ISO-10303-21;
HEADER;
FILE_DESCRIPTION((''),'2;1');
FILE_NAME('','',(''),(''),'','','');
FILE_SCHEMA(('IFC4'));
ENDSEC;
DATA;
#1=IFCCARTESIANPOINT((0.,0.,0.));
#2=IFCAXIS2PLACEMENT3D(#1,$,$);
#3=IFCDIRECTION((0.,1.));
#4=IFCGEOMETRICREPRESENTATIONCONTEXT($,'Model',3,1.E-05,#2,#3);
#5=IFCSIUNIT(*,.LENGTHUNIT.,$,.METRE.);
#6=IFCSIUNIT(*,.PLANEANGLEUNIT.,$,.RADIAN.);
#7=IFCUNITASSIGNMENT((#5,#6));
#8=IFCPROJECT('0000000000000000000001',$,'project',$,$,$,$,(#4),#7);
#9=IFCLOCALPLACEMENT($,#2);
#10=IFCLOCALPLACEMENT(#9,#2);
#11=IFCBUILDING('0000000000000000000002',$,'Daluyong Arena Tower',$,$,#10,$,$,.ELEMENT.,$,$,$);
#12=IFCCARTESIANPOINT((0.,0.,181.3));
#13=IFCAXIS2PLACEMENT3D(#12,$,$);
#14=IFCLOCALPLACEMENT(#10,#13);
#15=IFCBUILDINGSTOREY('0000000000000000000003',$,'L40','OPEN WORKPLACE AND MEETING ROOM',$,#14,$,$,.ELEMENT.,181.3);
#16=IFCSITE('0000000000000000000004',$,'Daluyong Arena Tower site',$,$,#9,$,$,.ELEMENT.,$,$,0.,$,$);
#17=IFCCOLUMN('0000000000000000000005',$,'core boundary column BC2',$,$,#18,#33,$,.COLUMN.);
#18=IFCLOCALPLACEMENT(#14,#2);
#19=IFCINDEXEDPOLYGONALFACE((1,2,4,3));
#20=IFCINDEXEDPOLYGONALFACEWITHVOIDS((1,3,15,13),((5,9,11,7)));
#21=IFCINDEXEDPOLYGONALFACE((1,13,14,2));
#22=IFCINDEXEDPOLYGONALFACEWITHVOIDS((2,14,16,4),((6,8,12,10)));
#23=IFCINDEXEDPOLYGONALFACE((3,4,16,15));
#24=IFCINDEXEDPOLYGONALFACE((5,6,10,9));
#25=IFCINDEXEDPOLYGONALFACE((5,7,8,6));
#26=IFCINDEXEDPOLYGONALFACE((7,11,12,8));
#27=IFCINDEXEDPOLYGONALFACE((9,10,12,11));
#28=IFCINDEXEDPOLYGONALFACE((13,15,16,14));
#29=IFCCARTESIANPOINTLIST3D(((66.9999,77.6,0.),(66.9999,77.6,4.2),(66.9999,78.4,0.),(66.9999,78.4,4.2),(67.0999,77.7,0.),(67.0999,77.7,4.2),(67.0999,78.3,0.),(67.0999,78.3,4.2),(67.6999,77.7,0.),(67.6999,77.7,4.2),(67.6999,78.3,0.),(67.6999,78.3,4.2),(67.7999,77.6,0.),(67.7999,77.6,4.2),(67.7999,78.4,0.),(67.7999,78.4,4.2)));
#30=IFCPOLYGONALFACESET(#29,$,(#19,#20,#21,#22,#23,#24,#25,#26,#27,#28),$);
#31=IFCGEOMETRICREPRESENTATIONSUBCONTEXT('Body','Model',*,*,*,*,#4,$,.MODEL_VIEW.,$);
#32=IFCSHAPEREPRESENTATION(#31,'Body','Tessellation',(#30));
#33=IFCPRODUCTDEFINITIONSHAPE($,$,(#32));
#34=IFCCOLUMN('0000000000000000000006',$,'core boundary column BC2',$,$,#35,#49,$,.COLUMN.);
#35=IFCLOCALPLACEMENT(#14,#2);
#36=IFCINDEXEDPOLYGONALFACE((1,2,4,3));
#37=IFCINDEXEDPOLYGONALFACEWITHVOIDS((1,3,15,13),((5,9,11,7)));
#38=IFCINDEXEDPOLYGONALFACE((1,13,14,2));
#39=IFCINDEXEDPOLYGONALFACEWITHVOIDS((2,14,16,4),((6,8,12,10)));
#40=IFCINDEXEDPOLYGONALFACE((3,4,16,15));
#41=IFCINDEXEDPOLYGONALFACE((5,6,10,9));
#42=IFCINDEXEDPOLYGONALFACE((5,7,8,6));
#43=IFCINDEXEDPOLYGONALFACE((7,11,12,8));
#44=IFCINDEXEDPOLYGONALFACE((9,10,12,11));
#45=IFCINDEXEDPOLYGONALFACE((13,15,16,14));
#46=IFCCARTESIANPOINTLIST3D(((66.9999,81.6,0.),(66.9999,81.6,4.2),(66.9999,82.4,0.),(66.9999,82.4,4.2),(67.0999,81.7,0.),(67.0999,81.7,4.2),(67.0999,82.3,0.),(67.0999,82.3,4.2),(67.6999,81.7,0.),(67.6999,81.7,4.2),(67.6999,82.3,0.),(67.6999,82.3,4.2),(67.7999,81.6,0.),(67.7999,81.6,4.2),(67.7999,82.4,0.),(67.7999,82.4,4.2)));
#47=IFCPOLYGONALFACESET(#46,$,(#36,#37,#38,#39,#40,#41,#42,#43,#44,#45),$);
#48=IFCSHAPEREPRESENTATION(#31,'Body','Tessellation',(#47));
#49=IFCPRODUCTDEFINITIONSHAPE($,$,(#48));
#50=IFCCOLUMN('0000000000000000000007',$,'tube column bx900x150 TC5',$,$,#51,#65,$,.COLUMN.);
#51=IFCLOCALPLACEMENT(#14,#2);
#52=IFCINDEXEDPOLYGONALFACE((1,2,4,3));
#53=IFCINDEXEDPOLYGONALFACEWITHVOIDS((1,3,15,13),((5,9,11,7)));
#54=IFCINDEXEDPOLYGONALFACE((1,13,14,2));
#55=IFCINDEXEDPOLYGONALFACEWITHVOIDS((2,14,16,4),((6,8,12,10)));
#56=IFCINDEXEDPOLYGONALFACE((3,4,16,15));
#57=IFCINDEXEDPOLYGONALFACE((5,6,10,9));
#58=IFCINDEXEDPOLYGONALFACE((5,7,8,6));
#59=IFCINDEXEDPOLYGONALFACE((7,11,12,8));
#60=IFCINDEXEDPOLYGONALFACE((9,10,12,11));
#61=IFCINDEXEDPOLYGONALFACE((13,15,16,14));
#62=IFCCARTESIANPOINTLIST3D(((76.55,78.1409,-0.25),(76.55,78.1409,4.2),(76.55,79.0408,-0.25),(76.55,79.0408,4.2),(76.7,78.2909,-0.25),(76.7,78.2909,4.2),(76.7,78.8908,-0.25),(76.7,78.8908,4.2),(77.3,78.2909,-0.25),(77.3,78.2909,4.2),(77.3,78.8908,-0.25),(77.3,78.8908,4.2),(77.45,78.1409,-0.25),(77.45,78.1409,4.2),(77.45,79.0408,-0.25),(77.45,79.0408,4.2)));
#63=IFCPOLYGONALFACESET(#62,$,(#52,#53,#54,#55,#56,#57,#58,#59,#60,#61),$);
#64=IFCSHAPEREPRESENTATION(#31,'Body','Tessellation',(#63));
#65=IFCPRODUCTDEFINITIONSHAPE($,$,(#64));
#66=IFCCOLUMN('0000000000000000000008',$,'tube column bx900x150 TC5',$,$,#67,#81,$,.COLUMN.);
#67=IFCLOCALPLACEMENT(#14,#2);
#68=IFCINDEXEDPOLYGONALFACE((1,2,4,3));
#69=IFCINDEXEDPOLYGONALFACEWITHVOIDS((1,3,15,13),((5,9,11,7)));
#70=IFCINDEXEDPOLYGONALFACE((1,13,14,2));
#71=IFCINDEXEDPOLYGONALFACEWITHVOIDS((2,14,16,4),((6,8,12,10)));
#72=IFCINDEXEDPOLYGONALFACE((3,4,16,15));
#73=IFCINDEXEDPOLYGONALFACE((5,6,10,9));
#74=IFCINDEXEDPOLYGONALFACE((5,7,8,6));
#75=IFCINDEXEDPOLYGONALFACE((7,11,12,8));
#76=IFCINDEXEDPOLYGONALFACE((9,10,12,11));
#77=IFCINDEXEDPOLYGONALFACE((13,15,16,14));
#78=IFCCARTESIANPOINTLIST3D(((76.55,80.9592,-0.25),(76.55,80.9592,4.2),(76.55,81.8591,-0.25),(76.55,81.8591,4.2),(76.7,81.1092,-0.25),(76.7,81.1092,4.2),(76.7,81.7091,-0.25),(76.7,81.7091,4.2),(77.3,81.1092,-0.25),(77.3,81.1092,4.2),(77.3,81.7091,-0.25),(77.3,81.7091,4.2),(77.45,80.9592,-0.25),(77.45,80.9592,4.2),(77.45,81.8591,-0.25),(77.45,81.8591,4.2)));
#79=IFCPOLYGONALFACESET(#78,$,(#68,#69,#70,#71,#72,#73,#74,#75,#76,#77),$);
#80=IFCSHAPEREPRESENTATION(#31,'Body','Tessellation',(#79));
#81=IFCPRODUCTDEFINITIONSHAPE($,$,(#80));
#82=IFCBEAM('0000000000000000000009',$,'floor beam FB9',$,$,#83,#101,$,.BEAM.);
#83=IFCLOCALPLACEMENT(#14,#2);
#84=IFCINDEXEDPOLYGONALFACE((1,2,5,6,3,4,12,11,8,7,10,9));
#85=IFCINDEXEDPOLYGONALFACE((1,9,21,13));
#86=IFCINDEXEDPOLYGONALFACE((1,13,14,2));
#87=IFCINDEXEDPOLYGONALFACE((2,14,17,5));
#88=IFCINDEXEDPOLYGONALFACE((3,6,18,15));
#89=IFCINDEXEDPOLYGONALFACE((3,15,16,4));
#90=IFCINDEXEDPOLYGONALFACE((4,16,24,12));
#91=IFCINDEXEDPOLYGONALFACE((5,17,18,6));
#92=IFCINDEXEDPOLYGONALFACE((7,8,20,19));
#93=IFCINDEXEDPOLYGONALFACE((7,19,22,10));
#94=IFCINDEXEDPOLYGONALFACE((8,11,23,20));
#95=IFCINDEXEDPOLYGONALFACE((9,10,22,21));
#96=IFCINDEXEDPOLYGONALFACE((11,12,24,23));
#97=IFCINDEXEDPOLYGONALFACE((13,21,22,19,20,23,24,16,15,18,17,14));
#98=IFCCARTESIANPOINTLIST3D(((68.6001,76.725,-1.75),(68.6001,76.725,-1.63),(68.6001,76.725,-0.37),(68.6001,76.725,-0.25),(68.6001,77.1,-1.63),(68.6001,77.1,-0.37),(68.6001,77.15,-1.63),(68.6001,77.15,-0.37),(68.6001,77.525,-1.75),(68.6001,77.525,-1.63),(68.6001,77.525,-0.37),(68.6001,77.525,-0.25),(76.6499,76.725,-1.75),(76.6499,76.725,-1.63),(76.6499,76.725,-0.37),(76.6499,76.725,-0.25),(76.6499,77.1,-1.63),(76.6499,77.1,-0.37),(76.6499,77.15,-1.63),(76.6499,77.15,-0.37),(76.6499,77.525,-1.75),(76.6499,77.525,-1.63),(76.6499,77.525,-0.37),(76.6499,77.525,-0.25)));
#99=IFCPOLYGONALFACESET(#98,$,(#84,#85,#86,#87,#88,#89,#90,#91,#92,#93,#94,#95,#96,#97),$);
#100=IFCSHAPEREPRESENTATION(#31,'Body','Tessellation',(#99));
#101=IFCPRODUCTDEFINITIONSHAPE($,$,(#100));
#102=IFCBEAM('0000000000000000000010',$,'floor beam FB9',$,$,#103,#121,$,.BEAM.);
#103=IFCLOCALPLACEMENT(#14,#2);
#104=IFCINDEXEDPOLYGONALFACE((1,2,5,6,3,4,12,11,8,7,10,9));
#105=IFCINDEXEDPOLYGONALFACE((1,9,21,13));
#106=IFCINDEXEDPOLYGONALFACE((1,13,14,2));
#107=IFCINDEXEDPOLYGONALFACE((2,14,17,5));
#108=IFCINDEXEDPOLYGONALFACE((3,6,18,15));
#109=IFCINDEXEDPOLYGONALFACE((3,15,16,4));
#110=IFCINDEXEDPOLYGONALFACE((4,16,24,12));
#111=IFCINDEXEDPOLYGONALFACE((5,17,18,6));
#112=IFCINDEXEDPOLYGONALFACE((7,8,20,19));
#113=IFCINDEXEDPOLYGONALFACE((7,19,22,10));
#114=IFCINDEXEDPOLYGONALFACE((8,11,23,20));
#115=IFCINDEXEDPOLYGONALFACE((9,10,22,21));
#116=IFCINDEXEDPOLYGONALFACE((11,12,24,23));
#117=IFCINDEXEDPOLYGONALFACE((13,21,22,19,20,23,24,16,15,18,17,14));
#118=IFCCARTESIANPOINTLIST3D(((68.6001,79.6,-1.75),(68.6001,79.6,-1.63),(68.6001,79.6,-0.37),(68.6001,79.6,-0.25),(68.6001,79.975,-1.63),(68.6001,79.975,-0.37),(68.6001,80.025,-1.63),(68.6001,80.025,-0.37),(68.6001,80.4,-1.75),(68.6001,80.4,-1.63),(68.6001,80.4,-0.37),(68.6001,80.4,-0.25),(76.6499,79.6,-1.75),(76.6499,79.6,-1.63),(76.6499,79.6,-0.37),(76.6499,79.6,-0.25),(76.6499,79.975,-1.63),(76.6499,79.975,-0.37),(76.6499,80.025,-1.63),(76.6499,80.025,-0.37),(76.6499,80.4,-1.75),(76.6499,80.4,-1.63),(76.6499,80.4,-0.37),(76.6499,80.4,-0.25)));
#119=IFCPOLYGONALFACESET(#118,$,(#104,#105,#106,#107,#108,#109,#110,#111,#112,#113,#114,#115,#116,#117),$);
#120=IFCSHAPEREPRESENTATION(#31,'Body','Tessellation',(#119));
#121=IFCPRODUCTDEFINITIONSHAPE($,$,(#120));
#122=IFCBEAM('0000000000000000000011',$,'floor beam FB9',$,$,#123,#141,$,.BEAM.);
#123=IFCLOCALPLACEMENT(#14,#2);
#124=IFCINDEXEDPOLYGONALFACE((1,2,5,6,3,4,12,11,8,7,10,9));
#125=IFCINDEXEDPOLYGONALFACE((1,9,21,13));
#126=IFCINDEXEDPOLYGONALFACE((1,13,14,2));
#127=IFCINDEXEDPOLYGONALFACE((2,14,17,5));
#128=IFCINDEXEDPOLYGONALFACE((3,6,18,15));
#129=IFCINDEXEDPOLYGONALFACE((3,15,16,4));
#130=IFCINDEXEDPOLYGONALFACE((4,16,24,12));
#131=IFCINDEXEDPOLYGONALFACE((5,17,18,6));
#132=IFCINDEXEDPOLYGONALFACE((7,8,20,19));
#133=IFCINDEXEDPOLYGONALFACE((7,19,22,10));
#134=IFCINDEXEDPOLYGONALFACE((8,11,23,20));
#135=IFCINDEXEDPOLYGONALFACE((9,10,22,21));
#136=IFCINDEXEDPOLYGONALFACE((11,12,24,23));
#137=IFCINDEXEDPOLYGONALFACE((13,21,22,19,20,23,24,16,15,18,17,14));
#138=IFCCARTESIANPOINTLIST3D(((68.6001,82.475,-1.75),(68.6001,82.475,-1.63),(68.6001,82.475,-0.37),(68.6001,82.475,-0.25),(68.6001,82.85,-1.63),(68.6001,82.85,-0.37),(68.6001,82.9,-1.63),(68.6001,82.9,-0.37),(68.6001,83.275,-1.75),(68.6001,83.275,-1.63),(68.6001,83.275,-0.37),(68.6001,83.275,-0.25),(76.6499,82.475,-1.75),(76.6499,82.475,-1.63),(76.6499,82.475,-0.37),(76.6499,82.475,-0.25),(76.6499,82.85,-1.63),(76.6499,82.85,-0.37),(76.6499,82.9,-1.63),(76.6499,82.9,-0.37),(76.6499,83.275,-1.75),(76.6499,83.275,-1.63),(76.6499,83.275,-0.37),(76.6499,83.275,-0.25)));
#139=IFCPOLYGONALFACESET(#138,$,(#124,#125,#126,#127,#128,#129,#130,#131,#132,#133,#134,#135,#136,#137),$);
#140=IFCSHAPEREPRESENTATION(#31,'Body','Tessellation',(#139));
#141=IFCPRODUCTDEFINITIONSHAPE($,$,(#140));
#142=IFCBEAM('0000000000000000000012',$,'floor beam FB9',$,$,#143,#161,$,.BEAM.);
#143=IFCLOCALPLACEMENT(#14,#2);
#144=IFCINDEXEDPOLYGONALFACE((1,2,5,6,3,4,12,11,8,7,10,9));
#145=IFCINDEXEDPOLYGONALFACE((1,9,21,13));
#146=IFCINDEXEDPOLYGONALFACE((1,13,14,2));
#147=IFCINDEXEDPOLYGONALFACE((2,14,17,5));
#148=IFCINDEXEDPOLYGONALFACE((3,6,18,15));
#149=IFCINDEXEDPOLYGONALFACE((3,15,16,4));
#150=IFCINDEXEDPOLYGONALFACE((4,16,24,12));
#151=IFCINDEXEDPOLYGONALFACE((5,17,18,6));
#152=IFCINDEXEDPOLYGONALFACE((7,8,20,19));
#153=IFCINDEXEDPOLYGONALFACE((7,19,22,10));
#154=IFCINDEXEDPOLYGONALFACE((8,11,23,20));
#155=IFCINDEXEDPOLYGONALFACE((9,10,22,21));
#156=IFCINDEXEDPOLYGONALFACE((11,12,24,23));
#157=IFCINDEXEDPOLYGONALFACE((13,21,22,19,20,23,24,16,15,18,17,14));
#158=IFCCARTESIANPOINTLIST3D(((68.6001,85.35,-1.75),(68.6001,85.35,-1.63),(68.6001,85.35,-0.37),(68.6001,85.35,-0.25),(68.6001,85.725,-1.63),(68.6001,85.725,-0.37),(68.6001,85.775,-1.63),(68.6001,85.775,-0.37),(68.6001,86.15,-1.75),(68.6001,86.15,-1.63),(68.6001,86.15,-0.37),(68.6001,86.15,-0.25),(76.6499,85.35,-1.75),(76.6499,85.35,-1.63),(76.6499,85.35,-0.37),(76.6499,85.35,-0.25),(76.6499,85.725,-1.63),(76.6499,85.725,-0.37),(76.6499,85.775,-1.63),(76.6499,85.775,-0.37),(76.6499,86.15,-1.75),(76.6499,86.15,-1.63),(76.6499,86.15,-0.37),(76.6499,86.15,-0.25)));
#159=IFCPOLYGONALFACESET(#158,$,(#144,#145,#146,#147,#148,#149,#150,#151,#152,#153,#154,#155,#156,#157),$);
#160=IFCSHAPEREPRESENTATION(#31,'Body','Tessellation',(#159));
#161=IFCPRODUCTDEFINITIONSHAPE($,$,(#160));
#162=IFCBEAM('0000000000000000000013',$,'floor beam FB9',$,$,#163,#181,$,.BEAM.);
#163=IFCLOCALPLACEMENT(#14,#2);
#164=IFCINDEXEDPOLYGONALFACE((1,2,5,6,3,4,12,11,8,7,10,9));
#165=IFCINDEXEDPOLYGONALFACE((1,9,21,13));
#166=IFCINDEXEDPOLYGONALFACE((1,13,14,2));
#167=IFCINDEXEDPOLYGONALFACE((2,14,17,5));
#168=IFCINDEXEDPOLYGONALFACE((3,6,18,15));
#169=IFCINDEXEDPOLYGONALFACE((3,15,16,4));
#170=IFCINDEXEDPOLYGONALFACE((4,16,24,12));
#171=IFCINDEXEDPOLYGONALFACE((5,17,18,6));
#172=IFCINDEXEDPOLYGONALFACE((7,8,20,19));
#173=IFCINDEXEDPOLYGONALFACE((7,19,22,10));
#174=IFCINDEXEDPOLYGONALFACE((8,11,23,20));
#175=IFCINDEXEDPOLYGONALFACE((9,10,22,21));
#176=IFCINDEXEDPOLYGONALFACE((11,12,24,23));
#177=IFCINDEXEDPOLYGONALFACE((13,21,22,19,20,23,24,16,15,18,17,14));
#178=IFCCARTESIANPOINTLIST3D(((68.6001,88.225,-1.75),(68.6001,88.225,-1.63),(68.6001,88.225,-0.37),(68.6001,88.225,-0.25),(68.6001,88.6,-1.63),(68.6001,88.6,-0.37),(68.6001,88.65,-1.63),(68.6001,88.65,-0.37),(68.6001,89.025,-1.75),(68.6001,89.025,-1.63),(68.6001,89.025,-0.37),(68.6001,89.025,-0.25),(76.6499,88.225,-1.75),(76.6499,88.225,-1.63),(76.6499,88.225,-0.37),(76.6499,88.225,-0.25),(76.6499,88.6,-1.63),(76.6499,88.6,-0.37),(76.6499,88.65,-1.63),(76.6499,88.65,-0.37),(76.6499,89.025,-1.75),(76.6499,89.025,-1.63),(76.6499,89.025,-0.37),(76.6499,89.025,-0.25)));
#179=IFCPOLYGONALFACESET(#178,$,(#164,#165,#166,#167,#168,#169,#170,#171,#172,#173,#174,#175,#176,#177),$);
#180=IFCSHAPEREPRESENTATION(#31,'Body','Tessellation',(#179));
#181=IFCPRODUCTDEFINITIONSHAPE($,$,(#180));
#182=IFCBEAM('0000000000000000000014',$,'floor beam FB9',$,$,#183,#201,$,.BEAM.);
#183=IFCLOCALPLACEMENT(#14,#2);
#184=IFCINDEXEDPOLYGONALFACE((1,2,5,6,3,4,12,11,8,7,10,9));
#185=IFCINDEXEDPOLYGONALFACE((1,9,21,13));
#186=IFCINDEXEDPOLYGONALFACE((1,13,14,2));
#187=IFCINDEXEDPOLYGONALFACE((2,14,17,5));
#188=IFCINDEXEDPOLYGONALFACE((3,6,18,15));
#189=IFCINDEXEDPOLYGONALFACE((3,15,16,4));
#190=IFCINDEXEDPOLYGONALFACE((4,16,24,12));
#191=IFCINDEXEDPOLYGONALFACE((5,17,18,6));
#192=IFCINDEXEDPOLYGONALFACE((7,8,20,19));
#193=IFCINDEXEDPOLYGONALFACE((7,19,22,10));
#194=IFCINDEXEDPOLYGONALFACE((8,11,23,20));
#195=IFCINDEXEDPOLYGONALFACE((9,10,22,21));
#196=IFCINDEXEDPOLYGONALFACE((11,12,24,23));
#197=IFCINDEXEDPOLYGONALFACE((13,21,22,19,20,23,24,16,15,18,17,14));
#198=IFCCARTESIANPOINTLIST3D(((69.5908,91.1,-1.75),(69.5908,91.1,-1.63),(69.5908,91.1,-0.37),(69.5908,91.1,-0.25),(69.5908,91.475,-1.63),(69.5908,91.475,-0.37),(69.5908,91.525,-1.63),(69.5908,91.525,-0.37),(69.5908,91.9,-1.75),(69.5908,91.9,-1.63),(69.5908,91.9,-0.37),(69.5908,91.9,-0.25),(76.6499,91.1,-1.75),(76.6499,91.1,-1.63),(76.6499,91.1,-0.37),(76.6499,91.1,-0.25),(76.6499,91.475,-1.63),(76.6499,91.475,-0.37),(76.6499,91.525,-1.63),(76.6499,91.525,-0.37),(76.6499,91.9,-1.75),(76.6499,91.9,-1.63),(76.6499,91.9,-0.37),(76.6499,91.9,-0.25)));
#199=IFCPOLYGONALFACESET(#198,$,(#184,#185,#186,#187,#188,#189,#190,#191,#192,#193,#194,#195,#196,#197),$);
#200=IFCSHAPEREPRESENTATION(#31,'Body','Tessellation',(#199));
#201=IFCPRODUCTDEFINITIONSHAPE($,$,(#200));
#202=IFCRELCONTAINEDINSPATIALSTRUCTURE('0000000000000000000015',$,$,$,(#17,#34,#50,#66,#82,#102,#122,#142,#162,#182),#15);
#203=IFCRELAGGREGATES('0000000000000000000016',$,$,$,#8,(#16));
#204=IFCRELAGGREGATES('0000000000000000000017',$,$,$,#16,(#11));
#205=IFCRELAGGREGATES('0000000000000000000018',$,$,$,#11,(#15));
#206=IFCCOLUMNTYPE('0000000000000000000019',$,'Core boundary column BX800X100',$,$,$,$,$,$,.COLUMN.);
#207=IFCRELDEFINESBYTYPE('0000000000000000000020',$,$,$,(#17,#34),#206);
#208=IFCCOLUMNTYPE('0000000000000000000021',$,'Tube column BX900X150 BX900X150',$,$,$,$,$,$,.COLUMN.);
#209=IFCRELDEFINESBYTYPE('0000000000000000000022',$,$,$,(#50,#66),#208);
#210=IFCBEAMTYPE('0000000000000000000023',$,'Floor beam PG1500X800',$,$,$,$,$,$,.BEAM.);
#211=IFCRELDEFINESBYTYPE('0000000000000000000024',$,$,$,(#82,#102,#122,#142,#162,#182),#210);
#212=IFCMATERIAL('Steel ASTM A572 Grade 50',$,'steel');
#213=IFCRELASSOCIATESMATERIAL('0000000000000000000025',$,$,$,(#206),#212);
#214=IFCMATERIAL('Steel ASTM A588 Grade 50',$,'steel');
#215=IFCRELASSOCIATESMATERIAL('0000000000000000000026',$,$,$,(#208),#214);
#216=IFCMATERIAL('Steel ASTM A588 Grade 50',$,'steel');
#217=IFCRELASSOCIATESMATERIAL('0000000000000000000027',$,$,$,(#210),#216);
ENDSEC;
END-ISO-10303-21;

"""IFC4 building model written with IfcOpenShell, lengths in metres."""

from ifc_helpers import new_model, si_unit, direction, frame, origin, origin_2d, place, context, subcontext, project, spatial, hollow_rectangle, i_section, extrude, material, material_profile, profile_set, type_object, element, save


model = new_model("IFC4")

# Units and contexts
model_context = context("Model", 3, precision=1e-05, world=origin(), true_north=direction((0.0, 1.0)))
body_context = subcontext(model_context, "Body", "Model", "MODEL_VIEW")
ifc_project = project(units=[si_unit("LENGTHUNIT", "METRE"), si_unit("PLANEANGLEUNIT", "RADIAN")], contexts=[model_context])

# Site, building, storey
site_placement = place(None, origin())
site = spatial("IfcSite", under=ifc_project, at=site_placement, Name="Daluyong Arena Tower site", CompositionType="ELEMENT", RefElevation=0.0)
building_placement = place(site_placement, origin())
building = spatial("IfcBuilding", under=site, at=building_placement, Name="Daluyong Arena Tower", CompositionType="ELEMENT")
storey_placement = place(building_placement, frame((0.0, 0.0, 181.3)))
storey = spatial("IfcBuildingStorey", under=building, at=storey_placement, Name="L40", Description="OPEN WORKPLACE AND MEETING ROOM", CompositionType="ELEMENT", Elevation=181.3)

# Columns
ifc_material_1 = material(Name="Steel ASTM A572 Grade 50", Category="steel")
ifc_material_profile_1 = material_profile(ifc_material_1, hollow_rectangle(XDim=0.8, YDim=0.8, WallThickness=0.1, at=origin_2d()))
ifc_profile_set_1 = profile_set([ifc_material_profile_1], Name="Steel ASTM A572 Grade 50")
column_type_1 = type_object("IfcColumnType", Name="Core boundary column BX800X100", PredefinedType="COLUMN", material=ifc_profile_set_1)
for number, where, z_axis, x_axis, name in (
    (1, (67.3999, 78.0, 0.0), (0.0, 0.0, 1.0), (1.0, 0.0, 0.0), "core boundary column BC2"),
    (2, (67.3999, 82.0, 0.0), (0.0, 0.0, 1.0), (1.0, 0.0, 0.0), "core boundary column BC2"),
):
    element("IfcColumn", number, at=place(storey_placement, frame(where, z_axis=z_axis, x_axis=x_axis)), inside=storey, type_object=column_type_1, Name=name, PredefinedType="COLUMN", context=body_context, shape_type="SweptSolid", body=[
        extrude(hollow_rectangle(XDim=0.8, YDim=0.8, WallThickness=0.1, at=origin_2d()), origin(), (0.0, 0.0, 1.0), 4.2),
    ])
ifc_material_2 = material(Name="Steel ASTM A588 Grade 50", Category="steel")
ifc_material_profile_2 = material_profile(ifc_material_2, hollow_rectangle(XDim=0.8999, YDim=0.8999, WallThickness=0.15, at=origin_2d()))
ifc_profile_set_2 = profile_set([ifc_material_profile_2], Name="Steel ASTM A588 Grade 50")
column_type_2 = type_object("IfcColumnType", Name="Tube column BX900X150 BX900X150", PredefinedType="COLUMN", material=ifc_profile_set_2)
for number, where, z_axis, x_axis, name in (
    (3, (77.0, 78.5908, -0.25), (0.0, 0.0, 1.0), (0.0, 1.0, 0.0), "tube column bx900x150 TC5"),
    (4, (77.0, 81.4092, -0.25), (0.0, 0.0, 1.0), (0.0, 1.0, 0.0), "tube column bx900x150 TC5"),
):
    element("IfcColumn", number, at=place(storey_placement, frame(where, z_axis=z_axis, x_axis=x_axis)), inside=storey, type_object=column_type_2, Name=name, PredefinedType="COLUMN", context=body_context, shape_type="SweptSolid", body=[
        extrude(hollow_rectangle(XDim=0.8999, YDim=0.8999, WallThickness=0.15, at=origin_2d()), origin(), (0.0, 0.0, 1.0), 4.45),
    ])

# Beams
ifc_material_3 = material(Name="Steel ASTM A588 Grade 50", Category="steel")
ifc_material_profile_3 = material_profile(ifc_material_3, i_section(OverallWidth=0.8, OverallDepth=1.5, WebThickness=0.05, FlangeThickness=0.12, at=origin_2d()))
ifc_profile_set_3 = profile_set([ifc_material_profile_3], Name="Steel ASTM A588 Grade 50")
beam_type_1 = type_object("IfcBeamType", Name="Floor beam PG1500X800", PredefinedType="BEAM", material=ifc_profile_set_3)
for number, where, z_axis, x_axis, name in (
    (5, (76.6499, 77.125, -1.0), (-1.0, 0.0, 0.0), (0.0, -1.0, 0.0), "floor beam FB9"),
    (6, (76.6499, 80.0, -1.0), (-1.0, 0.0, 0.0), (0.0, -1.0, 0.0), "floor beam FB9"),
    (7, (76.6499, 82.875, -1.0), (-1.0, 0.0, 0.0), (0.0, -1.0, 0.0), "floor beam FB9"),
    (8, (76.6499, 85.75, -1.0), (-1.0, 0.0, 0.0), (0.0, -1.0, 0.0), "floor beam FB9"),
    (9, (76.6499, 88.625, -1.0), (-1.0, 0.0, 0.0), (0.0, -1.0, 0.0), "floor beam FB9"),
):
    element("IfcBeam", number, at=place(storey_placement, frame(where, z_axis=z_axis, x_axis=x_axis)), inside=storey, type_object=beam_type_1, Name=name, PredefinedType="BEAM", context=body_context, shape_type="SweptSolid", body=[
        extrude(i_section(OverallWidth=0.8, OverallDepth=1.5, WebThickness=0.05, FlangeThickness=0.12, at=origin_2d()), origin(), (0.0, 0.0, 1.0), 8.0498),
    ])
beam_placement = place(storey_placement, frame((76.6499, 91.5, -1.0), z_axis=(-1.0, 0.0, 0.0), x_axis=(0.0, -1.0, 0.0)))
element("IfcBeam", 10, at=beam_placement, inside=storey, type_object=beam_type_1, Name="floor beam FB9", PredefinedType="BEAM", context=body_context, shape_type="SweptSolid", body=[
    extrude(i_section(OverallWidth=0.8, OverallDepth=1.5, WebThickness=0.05, FlangeThickness=0.12, at=origin_2d()), origin(), (0.0, 0.0, 1.0), 7.0591),
])

save(model, "model.ifc")
